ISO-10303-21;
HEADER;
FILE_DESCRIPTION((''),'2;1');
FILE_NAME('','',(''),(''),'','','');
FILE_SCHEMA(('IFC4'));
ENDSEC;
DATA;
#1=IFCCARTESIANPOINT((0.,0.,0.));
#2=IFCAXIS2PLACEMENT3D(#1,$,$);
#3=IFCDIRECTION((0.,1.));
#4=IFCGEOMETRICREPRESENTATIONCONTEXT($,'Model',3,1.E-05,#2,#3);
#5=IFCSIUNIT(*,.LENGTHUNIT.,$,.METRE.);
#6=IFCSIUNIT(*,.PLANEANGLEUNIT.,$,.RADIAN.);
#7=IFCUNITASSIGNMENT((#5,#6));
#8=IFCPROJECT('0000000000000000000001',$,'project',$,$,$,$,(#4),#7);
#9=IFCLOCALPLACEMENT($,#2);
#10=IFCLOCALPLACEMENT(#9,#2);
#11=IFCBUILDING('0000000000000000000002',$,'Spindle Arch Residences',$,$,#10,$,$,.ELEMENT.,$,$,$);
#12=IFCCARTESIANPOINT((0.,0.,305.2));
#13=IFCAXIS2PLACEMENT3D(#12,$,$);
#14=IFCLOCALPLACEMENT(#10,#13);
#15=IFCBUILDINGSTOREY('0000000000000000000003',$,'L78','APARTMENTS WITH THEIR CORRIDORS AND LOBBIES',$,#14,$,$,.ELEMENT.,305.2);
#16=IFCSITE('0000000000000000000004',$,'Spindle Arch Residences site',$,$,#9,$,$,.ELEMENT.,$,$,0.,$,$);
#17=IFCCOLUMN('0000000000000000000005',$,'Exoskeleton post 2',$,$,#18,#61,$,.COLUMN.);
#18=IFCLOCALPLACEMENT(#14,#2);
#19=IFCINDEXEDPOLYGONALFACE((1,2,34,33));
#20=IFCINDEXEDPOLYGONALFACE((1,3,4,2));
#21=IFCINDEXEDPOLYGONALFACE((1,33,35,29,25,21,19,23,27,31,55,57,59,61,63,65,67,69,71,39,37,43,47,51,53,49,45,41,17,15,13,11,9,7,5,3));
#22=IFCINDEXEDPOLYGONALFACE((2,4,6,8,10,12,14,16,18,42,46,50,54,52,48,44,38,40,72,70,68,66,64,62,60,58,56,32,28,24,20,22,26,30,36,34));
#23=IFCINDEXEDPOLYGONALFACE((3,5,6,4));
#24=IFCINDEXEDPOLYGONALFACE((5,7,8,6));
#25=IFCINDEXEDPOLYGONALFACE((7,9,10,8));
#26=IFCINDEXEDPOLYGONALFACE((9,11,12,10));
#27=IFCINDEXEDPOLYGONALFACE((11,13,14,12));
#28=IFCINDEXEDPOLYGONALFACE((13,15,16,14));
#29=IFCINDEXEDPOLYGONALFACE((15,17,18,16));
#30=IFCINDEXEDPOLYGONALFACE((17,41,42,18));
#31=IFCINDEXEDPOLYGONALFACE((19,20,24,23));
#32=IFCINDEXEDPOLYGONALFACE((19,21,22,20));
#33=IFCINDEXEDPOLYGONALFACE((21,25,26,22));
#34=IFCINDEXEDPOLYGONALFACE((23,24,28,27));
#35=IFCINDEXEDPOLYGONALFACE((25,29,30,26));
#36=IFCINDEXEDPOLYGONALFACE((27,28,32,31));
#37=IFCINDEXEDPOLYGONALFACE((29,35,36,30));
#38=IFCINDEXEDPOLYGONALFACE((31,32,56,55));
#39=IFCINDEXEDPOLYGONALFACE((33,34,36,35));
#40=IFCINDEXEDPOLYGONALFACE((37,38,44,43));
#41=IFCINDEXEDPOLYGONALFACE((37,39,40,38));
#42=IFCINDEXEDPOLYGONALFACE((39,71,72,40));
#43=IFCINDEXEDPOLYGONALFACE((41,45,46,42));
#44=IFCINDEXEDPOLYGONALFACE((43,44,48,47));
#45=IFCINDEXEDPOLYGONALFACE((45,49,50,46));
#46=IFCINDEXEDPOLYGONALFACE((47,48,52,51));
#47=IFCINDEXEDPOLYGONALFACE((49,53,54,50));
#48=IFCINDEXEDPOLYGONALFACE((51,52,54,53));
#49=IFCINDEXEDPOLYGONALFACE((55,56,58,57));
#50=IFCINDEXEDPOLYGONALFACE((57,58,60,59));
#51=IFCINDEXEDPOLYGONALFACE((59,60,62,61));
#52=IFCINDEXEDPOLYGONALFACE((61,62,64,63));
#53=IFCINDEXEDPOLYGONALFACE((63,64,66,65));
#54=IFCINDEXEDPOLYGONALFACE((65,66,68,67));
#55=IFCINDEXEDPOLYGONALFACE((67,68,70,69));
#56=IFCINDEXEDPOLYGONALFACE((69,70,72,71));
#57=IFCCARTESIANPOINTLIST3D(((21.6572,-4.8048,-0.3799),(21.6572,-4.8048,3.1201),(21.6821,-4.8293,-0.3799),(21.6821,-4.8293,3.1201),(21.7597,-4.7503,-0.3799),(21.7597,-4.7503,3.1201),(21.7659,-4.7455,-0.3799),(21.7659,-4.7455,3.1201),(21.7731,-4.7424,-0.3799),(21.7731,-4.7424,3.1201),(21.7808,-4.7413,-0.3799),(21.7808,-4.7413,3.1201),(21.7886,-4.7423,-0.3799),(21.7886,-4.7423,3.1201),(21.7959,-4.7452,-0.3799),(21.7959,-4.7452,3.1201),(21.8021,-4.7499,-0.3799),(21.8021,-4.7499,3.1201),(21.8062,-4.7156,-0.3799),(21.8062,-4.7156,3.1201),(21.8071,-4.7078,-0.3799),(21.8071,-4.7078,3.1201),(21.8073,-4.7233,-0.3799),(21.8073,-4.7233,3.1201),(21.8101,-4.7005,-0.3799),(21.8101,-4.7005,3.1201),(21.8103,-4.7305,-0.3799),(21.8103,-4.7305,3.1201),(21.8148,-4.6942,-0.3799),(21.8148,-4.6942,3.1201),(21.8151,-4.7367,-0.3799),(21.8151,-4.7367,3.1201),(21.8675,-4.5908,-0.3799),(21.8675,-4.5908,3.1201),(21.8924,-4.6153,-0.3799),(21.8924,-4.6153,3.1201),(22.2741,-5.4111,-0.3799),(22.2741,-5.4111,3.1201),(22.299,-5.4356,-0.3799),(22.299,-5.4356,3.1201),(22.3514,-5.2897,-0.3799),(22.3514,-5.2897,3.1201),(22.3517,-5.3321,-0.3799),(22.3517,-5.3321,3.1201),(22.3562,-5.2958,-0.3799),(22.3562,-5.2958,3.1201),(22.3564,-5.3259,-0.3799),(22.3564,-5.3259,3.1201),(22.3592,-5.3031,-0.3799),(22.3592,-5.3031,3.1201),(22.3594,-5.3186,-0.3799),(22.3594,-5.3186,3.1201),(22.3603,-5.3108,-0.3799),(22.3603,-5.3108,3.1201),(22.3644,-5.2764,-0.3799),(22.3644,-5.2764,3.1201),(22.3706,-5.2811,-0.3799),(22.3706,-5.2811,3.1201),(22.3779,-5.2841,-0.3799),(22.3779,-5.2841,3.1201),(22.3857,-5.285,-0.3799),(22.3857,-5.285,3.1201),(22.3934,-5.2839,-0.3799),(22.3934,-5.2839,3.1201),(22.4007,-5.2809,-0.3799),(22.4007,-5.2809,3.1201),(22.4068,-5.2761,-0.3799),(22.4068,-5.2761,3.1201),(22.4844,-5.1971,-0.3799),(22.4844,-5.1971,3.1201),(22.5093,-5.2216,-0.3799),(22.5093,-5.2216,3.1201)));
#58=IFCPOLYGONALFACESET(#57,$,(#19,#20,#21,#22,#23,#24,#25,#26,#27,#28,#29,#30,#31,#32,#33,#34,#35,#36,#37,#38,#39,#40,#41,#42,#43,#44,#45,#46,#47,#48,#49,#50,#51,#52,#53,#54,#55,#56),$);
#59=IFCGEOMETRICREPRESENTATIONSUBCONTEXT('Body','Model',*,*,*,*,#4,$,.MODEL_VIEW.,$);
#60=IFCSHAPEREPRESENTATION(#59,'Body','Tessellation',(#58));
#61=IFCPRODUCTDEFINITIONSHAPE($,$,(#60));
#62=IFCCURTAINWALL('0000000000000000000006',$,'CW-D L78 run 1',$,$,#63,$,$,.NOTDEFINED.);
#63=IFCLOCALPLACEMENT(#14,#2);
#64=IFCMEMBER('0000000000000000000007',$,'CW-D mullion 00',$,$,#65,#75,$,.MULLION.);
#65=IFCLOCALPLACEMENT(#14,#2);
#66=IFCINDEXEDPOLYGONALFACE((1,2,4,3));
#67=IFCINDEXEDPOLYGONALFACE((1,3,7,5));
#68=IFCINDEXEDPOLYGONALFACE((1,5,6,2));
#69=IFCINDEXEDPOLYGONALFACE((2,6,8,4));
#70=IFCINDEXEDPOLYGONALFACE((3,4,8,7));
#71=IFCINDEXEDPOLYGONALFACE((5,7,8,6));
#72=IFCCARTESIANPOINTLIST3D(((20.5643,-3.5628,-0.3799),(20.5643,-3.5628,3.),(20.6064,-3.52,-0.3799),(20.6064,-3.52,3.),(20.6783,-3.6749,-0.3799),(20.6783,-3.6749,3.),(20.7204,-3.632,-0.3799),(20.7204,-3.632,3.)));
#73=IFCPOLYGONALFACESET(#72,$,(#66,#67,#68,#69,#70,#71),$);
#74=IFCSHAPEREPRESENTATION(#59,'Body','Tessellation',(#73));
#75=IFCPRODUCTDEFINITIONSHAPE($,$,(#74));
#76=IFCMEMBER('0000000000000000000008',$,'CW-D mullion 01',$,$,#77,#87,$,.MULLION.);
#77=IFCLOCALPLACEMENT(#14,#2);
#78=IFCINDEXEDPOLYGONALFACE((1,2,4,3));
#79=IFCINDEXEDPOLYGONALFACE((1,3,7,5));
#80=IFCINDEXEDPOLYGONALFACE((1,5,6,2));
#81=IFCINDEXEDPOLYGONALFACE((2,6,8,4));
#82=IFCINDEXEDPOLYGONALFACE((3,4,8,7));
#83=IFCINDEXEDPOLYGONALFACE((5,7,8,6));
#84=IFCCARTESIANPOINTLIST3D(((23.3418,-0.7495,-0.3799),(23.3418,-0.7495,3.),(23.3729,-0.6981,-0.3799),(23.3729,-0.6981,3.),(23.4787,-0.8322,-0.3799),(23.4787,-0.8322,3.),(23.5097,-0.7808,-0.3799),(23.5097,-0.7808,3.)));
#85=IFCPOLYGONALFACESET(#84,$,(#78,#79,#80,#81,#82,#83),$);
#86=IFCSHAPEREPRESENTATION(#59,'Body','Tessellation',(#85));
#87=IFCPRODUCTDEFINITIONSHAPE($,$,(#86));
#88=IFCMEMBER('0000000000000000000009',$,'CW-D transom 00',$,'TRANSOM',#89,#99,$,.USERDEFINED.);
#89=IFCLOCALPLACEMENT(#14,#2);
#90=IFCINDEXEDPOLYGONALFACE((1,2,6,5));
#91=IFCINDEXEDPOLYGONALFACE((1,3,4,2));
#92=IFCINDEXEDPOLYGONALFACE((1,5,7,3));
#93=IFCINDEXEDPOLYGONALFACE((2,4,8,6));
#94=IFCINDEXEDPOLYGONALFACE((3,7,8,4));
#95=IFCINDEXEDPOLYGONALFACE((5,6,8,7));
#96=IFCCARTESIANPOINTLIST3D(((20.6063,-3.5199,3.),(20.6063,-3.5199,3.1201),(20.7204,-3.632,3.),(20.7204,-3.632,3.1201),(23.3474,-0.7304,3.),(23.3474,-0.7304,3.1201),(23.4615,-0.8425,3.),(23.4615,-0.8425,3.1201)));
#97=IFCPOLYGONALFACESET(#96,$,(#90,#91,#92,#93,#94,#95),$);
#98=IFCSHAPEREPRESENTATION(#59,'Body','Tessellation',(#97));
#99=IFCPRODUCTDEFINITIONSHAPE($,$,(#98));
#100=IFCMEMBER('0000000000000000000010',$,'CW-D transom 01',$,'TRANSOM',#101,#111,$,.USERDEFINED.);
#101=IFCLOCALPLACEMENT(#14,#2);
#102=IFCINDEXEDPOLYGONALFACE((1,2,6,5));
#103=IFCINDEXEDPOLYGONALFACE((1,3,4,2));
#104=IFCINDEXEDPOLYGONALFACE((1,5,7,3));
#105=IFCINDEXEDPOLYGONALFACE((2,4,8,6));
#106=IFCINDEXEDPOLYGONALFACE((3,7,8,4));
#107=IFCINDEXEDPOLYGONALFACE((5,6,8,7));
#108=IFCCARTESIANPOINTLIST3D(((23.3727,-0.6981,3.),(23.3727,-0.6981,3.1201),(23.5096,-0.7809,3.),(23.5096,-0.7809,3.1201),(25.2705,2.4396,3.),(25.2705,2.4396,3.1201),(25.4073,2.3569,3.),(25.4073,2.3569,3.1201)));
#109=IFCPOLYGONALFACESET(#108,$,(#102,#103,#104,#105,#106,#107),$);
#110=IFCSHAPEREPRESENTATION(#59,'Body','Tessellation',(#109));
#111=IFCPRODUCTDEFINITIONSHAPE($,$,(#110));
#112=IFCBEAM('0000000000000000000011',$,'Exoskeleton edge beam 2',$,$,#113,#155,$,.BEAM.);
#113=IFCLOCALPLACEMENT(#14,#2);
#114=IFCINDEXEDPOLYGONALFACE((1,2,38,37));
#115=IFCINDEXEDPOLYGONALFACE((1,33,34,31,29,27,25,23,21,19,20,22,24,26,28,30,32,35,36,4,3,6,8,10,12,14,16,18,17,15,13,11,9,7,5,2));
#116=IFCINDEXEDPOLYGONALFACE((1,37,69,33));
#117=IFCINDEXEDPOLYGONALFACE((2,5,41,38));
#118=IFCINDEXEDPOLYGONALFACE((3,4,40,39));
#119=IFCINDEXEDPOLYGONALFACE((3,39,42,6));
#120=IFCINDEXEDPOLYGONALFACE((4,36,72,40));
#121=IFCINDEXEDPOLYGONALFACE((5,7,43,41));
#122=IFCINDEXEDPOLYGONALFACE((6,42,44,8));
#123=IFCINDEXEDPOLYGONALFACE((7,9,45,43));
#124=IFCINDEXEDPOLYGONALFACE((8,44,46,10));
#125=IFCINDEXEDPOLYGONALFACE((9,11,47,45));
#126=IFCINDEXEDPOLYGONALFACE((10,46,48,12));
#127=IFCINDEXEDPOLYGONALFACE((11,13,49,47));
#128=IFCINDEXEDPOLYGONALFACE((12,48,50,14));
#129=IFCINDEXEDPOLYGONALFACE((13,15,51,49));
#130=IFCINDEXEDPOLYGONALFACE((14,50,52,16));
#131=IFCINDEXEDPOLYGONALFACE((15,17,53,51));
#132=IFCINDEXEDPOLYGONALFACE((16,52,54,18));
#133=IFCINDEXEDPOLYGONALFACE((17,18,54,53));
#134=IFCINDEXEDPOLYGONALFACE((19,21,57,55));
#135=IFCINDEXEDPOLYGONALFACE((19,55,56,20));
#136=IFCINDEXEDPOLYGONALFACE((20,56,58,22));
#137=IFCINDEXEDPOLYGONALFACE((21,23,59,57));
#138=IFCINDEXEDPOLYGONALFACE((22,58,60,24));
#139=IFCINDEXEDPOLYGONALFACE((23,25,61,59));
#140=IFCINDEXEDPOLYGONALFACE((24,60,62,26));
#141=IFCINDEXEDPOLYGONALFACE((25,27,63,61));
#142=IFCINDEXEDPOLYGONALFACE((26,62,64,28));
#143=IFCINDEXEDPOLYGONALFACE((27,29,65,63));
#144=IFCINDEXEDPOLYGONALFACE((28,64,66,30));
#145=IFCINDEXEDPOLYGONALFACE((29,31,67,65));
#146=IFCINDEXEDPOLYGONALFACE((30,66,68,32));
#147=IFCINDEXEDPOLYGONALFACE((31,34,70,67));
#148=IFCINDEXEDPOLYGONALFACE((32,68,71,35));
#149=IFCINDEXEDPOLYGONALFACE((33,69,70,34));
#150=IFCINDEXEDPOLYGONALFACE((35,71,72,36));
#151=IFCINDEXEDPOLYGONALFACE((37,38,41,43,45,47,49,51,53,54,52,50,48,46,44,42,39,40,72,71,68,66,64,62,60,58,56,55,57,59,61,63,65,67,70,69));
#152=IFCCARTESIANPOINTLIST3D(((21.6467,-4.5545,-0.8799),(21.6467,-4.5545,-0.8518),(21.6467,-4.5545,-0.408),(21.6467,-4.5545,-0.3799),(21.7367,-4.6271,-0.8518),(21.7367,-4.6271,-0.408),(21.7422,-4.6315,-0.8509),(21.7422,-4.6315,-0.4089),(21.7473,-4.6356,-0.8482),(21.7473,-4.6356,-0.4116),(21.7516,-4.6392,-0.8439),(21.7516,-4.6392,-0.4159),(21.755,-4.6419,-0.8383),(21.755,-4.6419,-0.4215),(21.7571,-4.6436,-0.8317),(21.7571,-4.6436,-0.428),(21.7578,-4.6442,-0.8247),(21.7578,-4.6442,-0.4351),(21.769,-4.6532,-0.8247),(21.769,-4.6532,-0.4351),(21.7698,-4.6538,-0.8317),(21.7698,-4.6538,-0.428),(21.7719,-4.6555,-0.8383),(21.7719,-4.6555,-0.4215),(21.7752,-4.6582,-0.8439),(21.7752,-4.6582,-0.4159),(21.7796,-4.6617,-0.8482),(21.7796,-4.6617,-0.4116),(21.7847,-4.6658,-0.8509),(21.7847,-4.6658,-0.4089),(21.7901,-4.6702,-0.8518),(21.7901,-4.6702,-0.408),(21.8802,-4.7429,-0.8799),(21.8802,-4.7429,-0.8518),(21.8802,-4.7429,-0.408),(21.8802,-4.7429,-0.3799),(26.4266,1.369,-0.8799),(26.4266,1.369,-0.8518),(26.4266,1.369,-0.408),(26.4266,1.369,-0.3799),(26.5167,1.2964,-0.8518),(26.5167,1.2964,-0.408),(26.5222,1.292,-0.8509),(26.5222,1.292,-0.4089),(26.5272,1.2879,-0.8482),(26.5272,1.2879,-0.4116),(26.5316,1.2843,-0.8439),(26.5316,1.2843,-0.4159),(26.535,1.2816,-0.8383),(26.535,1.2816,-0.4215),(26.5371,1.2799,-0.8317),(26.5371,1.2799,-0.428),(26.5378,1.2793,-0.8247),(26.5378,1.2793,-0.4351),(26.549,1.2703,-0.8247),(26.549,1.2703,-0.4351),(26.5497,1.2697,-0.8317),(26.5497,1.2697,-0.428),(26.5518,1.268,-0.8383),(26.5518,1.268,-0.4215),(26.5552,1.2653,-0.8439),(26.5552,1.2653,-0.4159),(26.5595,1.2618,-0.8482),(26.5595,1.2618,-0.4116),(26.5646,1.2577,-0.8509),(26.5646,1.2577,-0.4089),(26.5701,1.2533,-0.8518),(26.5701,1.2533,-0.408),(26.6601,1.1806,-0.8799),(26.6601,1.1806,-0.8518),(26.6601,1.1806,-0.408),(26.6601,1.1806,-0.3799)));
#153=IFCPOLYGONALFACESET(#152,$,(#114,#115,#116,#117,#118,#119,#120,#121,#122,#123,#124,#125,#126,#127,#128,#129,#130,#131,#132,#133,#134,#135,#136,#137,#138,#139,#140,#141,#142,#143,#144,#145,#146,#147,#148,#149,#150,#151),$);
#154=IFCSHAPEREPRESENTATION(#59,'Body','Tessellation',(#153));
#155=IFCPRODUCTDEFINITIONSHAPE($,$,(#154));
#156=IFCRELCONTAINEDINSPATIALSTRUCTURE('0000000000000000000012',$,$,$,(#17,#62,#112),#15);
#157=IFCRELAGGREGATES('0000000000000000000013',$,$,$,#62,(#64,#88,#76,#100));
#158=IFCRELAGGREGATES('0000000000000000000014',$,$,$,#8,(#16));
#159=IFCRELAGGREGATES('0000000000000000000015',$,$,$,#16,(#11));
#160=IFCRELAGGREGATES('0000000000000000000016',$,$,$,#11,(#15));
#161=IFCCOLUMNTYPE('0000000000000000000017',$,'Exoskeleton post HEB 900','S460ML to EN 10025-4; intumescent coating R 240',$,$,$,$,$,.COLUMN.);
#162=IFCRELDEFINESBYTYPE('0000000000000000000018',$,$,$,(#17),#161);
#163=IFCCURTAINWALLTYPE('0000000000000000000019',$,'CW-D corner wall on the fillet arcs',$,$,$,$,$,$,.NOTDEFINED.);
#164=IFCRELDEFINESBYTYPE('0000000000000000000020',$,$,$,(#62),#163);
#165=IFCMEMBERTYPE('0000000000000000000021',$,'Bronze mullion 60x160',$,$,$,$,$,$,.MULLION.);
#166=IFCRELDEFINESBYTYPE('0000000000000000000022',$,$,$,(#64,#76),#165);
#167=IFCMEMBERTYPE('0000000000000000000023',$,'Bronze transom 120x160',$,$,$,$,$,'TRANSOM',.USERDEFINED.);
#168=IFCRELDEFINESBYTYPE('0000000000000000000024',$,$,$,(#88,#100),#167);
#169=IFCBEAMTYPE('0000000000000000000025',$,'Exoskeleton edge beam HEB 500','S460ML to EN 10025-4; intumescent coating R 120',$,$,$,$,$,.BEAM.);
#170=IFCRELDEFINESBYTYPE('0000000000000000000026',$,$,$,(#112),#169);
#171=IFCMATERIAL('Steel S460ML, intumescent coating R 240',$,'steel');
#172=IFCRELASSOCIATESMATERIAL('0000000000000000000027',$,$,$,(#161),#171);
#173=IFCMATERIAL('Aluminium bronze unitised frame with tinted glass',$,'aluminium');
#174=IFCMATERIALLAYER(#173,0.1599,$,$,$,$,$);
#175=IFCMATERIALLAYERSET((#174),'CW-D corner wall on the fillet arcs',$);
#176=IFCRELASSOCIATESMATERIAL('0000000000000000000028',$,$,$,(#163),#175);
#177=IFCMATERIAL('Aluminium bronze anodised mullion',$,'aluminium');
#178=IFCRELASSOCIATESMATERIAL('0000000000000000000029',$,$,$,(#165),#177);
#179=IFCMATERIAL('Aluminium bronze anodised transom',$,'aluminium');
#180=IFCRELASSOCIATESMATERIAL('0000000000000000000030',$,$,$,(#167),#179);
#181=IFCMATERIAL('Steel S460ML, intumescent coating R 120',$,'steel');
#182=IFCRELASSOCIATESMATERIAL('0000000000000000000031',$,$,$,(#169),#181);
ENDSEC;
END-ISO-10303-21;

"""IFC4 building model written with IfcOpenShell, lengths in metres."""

from ifc_helpers import new_model, si_unit, direction, frame, origin, origin_2d, place, context, subcontext, project, spatial, rectangle, i_section, extrude, material, layer, layer_set, material_profile, profile_set, type_object, element, aggregate, save


model = new_model("IFC4")

# Units and contexts
model_context = context("Model", 3, precision=1e-05, world=origin(), true_north=direction((0.0, 1.0)))
body_context = subcontext(model_context, "Body", "Model", "MODEL_VIEW")
ifc_project = project(units=[si_unit("LENGTHUNIT", "METRE"), si_unit("PLANEANGLEUNIT", "RADIAN")], contexts=[model_context])

# Site, building, storey
site_placement = place(None, origin())
site = spatial("IfcSite", under=ifc_project, at=site_placement, Name="Spindle Arch Residences site", CompositionType="ELEMENT", RefElevation=0.0)
building_placement = place(site_placement, origin())
building = spatial("IfcBuilding", under=site, at=building_placement, Name="Spindle Arch Residences", CompositionType="ELEMENT")
storey_placement = place(building_placement, frame((0.0, 0.0, 305.2)))
storey = spatial("IfcBuildingStorey", under=building, at=storey_placement, Name="L78", Description="APARTMENTS WITH THEIR CORRIDORS AND LOBBIES", CompositionType="ELEMENT", Elevation=305.2)

# Column
ifc_material_1 = material(Name="Steel S460ML, intumescent coating R 240", Category="steel")
ifc_material_profile_1 = material_profile(ifc_material_1, i_section(OverallWidth=0.3, OverallDepth=0.8999, WebThickness=0.0186, FlangeThickness=0.0349, FilletRadius=0.03, at=origin_2d()), Name="HEB 900")
ifc_profile_set_1 = profile_set([ifc_material_profile_1], Name="Steel S460ML, intumescent coating R 240")
column_type = type_object("IfcColumnType", Name="Exoskeleton post HEB 900", Description="S460ML to EN 10025-4; intumescent coating R 240", PredefinedType="COLUMN", material=ifc_profile_set_1)
column_placement = place(storey_placement, frame((22.0833, -5.0132, -0.3799), z_axis=(0.0, 0.0, 1.0), x_axis=(-0.700909, -0.71325, 0.0)))
element("IfcColumn", 1, at=column_placement, inside=storey, type_object=column_type, Name="Exoskeleton post 2", PredefinedType="COLUMN", context=body_context, shape_type="SweptSolid", body=[
    extrude(i_section(OverallWidth=0.3, OverallDepth=0.8999, WebThickness=0.0186, FlangeThickness=0.0349, FilletRadius=0.03, at=origin_2d()), origin(), (0.0, 0.0, 1.0), 3.5),
])

# Curtain wall, members
ifc_material_2 = material(Name="Aluminium bronze unitised frame with tinted glass", Category="aluminium")
ifc_layer_1 = layer(ifc_material_2, 0.1599)
ifc_layer_set_1 = layer_set([ifc_layer_1], Name="CW-D corner wall on the fillet arcs")
curtain_wall_type_1 = type_object("IfcCurtainWallType", Name="CW-D corner wall on the fillet arcs", PredefinedType="NOTDEFINED", material=ifc_layer_set_1)
curtain_wall_1_placement = place(storey_placement, origin())
curtain_wall_1 = element("IfcCurtainWall", 2, at=curtain_wall_1_placement, inside=storey, type_object=curtain_wall_type_1, Name="CW-D L78 run 1", PredefinedType="NOTDEFINED")
ifc_material_3 = material(Name="Aluminium bronze anodised mullion", Category="aluminium")
ifc_material_profile_2 = material_profile(ifc_material_3, rectangle(XDim=0.1599, YDim=0.0601, at=origin_2d()), Name="MU 60x160")
ifc_profile_set_2 = profile_set([ifc_material_profile_2], Name="Aluminium bronze anodised mullion")
member_type_1 = type_object("IfcMemberType", Name="Bronze mullion 60x160", PredefinedType="MULLION", material=ifc_profile_set_2)
member_1_placement = place(storey_placement, frame((20.6423, -3.5974, -0.3799), z_axis=(0.0, 0.0, 1.0), x_axis=(-0.71325, 0.700909, 0.0)))
member_1 = element("IfcMember", 3, at=member_1_placement, type_object=member_type_1, Name="CW-D mullion 00", PredefinedType="MULLION", context=body_context, shape_type="SweptSolid", body=[
    extrude(rectangle(XDim=0.1599, YDim=0.0601, at=origin_2d()), origin(), (0.0, 0.0, 1.0), 3.3799),
])
member_2_placement = place(storey_placement, frame((23.4258, -0.7651, -0.3799), z_axis=(0.0, 0.0, 1.0), x_axis=(-0.855665, 0.517529, 0.0)))
member_2 = element("IfcMember", 4, at=member_2_placement, type_object=member_type_1, Name="CW-D mullion 01", PredefinedType="MULLION", context=body_context, shape_type="SweptSolid", body=[
    extrude(rectangle(XDim=0.1599, YDim=0.0601, at=origin_2d()), origin(), (0.0, 0.0, 1.0), 3.3799),
])
ifc_material_4 = material(Name="Aluminium bronze anodised transom", Category="aluminium")
ifc_material_profile_3 = material_profile(ifc_material_4, rectangle(XDim=0.1599, YDim=0.1201, at=origin_2d()), Name="TR 120x160")
ifc_profile_set_3 = profile_set([ifc_material_profile_3], Name="Aluminium bronze anodised transom")
member_type_2 = type_object("IfcMemberType", Name="Bronze transom 120x160", ElementType="TRANSOM", PredefinedType="USERDEFINED", material=ifc_profile_set_3)
member_3_placement = place(storey_placement, frame((20.6633, -3.5759, 3.0601), z_axis=(0.7009, 0.71326, 0.0), x_axis=(-0.71326, 0.7009, 0.0)))
member_3 = element("IfcMember", 5, at=member_3_placement, type_object=member_type_2, Name="CW-D transom 00", ObjectType="TRANSOM", PredefinedType="USERDEFINED", context=body_context, shape_type="SweptSolid", body=[
    extrude(rectangle(XDim=0.1599, YDim=0.1201, at=origin_2d()), origin(), (0.0, 0.0, 1.0), 3.9109),
])
member_4_placement = place(storey_placement, frame((23.4412, -0.7395, 3.0601), z_axis=(0.517518, 0.855672, 0.0), x_axis=(-0.855672, 0.517518, 0.0)))
member_4 = element("IfcMember", 6, at=member_4_placement, type_object=member_type_2, Name="CW-D transom 01", ObjectType="TRANSOM", PredefinedType="USERDEFINED", context=body_context, shape_type="SweptSolid", body=[
    extrude(rectangle(XDim=0.1599, YDim=0.1201, at=origin_2d()), origin(), (0.0, 0.0, 1.0), 3.667),
])

# Beam
ifc_material_5 = material(Name="Steel S460ML, intumescent coating R 120", Category="steel")
ifc_material_profile_4 = material_profile(ifc_material_5, i_section(OverallWidth=0.3, OverallDepth=0.5, WebThickness=0.0144, FlangeThickness=0.0281, FilletRadius=0.0271, at=origin_2d()), Name="HEB 500")
ifc_profile_set_4 = profile_set([ifc_material_profile_4], Name="Steel S460ML, intumescent coating R 120")
beam_type_1 = type_object("IfcBeamType", Name="Exoskeleton edge beam HEB 500", Description="S460ML to EN 10025-4; intumescent coating R 120", PredefinedType="BEAM", material=ifc_profile_set_4)
beam_1_placement = place(storey_placement, frame((21.7634, -4.6487, -0.6299), z_axis=(0.627987, 0.778224, 0.0), x_axis=(-0.778224, 0.627987, 0.0)))
element("IfcBeam", 7, at=beam_1_placement, inside=storey, type_object=beam_type_1, Name="Exoskeleton edge beam 2", PredefinedType="BEAM", context=body_context, shape_type="SweptSolid", body=[
    extrude(i_section(OverallWidth=0.3, OverallDepth=0.5, WebThickness=0.0144, FlangeThickness=0.0281, FilletRadius=0.0271, at=origin_2d()), origin(), (0.0, 0.0, 1.0), 7.6116),
])

aggregate(curtain_wall_1, [member_1, member_3, member_2, member_4])

save(model, "model.ifc")
